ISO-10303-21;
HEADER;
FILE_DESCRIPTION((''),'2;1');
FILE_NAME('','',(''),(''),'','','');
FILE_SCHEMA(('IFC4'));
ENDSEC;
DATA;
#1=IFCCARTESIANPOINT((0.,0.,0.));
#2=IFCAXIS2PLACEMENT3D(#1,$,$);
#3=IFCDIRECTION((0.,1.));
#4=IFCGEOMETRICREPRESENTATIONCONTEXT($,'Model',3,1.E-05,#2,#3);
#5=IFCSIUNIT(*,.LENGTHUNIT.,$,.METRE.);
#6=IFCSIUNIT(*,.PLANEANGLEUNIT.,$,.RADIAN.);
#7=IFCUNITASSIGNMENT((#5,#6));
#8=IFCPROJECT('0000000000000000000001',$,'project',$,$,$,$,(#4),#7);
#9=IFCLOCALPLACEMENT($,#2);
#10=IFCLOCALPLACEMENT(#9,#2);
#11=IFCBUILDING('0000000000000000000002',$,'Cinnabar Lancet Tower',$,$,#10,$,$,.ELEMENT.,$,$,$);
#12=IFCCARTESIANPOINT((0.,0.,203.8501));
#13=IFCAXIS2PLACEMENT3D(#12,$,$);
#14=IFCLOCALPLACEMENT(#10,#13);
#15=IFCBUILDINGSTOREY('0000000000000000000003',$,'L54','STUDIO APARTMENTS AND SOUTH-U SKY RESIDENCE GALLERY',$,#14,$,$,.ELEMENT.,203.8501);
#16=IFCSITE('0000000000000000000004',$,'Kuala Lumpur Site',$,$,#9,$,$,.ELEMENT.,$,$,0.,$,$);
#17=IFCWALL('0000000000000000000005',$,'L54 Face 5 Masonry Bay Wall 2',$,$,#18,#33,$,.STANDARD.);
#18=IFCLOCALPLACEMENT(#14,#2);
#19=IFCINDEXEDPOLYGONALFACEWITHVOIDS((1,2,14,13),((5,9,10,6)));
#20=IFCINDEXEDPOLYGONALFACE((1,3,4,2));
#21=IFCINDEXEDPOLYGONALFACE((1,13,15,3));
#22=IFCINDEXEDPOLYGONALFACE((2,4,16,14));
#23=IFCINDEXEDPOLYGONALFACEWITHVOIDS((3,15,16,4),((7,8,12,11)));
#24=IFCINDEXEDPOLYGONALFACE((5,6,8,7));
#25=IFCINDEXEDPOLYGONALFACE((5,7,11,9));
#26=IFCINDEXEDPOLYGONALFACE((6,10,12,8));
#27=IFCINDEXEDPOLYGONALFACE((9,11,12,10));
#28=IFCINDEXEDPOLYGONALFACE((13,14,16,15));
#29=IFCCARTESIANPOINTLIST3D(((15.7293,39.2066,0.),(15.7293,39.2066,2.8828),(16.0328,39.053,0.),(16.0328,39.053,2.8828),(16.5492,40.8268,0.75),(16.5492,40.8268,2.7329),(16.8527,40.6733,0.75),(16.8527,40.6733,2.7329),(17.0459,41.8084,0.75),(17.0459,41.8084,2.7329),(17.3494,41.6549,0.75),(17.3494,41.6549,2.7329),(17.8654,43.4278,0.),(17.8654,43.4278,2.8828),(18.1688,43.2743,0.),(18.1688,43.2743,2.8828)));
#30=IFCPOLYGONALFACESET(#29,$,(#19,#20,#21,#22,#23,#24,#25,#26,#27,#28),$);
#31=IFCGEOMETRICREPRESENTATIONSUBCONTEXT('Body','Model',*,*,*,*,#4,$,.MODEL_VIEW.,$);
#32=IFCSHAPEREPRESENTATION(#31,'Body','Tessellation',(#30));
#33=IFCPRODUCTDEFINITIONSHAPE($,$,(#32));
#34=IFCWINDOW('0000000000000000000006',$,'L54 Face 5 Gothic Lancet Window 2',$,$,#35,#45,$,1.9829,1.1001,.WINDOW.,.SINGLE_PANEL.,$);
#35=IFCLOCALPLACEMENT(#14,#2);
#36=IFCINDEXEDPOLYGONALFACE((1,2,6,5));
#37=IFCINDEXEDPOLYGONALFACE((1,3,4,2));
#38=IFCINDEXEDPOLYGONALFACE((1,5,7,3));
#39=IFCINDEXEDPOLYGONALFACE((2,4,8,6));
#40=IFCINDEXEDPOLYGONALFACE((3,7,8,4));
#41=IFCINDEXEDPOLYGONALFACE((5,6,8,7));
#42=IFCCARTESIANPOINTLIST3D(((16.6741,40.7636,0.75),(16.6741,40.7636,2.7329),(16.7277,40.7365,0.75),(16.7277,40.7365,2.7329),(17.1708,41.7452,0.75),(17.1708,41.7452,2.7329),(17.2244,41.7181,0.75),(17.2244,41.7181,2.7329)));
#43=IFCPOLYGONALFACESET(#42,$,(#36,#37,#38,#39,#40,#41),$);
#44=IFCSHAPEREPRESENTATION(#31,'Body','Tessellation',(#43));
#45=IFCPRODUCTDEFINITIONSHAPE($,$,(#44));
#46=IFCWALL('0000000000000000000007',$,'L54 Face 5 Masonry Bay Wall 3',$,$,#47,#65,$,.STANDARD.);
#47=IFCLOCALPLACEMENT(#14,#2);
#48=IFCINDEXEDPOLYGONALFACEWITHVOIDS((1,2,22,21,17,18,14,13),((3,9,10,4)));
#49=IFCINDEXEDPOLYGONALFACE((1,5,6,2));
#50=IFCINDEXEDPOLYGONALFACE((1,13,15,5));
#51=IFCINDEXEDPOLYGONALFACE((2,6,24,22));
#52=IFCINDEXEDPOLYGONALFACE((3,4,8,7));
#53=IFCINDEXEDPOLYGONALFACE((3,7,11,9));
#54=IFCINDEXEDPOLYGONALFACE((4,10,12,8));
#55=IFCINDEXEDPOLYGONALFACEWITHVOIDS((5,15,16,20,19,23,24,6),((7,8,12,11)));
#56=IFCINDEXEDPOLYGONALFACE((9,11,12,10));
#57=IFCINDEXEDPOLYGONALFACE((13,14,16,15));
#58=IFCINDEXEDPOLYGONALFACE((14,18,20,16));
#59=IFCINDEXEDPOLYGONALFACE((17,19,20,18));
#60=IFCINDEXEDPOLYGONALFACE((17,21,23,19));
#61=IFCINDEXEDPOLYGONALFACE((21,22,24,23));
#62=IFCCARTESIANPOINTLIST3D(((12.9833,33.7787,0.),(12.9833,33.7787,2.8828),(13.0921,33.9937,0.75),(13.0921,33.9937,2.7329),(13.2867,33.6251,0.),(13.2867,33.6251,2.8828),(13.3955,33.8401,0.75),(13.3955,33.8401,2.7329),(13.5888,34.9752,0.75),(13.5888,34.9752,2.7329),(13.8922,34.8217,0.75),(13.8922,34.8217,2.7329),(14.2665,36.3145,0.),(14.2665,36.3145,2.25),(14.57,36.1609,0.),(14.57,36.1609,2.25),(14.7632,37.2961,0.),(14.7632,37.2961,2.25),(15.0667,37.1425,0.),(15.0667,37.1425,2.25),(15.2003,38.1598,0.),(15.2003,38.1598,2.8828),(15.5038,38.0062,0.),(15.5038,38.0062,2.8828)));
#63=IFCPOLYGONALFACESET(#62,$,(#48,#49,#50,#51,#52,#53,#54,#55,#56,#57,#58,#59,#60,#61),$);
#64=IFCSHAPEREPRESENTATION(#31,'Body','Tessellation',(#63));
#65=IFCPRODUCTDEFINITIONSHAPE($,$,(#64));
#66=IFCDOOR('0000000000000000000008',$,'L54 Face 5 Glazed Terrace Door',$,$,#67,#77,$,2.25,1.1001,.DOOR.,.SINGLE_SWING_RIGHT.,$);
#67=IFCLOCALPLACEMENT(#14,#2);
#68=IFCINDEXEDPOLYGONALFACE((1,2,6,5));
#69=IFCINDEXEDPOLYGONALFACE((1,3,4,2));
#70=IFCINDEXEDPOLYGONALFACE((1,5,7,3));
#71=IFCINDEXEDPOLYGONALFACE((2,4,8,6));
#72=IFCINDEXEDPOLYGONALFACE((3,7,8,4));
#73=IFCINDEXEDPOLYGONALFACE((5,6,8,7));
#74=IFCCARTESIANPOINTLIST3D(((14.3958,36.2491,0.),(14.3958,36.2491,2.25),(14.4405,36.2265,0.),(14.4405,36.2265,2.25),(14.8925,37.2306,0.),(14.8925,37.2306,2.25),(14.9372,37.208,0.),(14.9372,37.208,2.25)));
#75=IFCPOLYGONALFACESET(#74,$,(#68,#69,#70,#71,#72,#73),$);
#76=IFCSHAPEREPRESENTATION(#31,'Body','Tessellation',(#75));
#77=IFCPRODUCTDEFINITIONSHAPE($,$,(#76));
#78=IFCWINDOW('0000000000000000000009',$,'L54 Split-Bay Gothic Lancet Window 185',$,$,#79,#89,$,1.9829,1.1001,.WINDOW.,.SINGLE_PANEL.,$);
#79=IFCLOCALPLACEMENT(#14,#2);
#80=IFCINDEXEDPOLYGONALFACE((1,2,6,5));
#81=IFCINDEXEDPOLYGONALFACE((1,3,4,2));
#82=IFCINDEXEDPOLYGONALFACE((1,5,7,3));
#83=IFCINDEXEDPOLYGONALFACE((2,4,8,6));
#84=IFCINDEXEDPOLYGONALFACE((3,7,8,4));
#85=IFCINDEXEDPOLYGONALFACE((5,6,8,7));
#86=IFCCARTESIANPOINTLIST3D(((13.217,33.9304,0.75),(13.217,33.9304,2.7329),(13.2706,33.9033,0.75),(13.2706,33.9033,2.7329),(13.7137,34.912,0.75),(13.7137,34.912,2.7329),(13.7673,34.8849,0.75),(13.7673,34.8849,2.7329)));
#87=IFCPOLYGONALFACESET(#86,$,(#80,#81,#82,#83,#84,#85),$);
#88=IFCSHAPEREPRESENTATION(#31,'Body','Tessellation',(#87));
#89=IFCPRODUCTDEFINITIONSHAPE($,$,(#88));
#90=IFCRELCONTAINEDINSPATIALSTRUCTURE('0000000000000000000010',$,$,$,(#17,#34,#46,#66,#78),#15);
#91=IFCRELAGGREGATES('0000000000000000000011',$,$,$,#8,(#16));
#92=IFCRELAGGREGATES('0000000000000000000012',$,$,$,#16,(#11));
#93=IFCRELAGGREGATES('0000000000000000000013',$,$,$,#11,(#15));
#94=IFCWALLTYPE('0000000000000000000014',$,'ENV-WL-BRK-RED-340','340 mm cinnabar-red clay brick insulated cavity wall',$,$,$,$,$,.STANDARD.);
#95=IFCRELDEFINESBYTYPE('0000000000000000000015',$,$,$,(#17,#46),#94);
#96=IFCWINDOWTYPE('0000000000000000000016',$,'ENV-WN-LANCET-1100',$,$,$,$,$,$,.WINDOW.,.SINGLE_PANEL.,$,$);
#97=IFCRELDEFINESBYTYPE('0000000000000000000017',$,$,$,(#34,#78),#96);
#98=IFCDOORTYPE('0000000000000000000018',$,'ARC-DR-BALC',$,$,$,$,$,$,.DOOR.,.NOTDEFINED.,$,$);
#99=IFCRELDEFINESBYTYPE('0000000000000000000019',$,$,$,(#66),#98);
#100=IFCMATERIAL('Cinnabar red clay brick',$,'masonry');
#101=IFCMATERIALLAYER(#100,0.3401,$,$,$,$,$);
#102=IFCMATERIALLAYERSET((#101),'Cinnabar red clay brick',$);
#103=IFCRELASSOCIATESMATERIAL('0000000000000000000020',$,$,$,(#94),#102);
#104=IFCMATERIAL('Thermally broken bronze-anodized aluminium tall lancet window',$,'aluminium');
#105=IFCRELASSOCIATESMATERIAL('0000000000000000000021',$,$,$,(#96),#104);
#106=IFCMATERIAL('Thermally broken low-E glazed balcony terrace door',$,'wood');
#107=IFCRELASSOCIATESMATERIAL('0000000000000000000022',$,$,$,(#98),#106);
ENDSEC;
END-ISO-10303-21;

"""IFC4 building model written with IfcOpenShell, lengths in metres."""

from ifc_helpers import new_model, si_unit, direction, frame, frame_2d, origin, place, context, subcontext, project, spatial, rectangle, extrude, material, layer, layer_set, type_object, element, fill, save


model = new_model("IFC4")

# Units and contexts
model_context = context("Model", 3, precision=1e-05, world=origin(), true_north=direction((0.0, 1.0)))
body_context = subcontext(model_context, "Body", "Model", "MODEL_VIEW")
ifc_project = project(units=[si_unit("LENGTHUNIT", "METRE"), si_unit("PLANEANGLEUNIT", "RADIAN")], contexts=[model_context])

# Site, building, storey
site_placement = place(None, origin())
site = spatial("IfcSite", under=ifc_project, at=site_placement, Name="Kuala Lumpur Site", CompositionType="ELEMENT", RefElevation=0.0)
building_placement = place(site_placement, origin())
building = spatial("IfcBuilding", under=site, at=building_placement, Name="Cinnabar Lancet Tower", CompositionType="ELEMENT")
storey_placement = place(building_placement, frame((0.0, 0.0, 203.8501)))
storey = spatial("IfcBuildingStorey", under=building, at=storey_placement, Name="L54", Description="STUDIO APARTMENTS AND SOUTH-U SKY RESIDENCE GALLERY", CompositionType="ELEMENT", Elevation=203.8501)

# Shared definitions
ifc_material_1 = material(Name="Cinnabar red clay brick", Category="masonry")
ifc_layer_1 = layer(ifc_material_1, 0.3401)
ifc_layer_set_1 = layer_set([ifc_layer_1], Name="Cinnabar red clay brick")
wall_type_1 = type_object("IfcWallType", Name="ENV-WL-BRK-RED-340", Description="340 mm cinnabar-red clay brick insulated cavity wall", PredefinedType="STANDARD", material=ifc_layer_set_1)

# Wall, opening, window
wall_1_placement = place(storey_placement, frame((18.0171, 43.3511, 0.0), z_axis=(0.0, 0.0, 1.0), x_axis=(-0.451502, -0.89227, 0.0)))
wall_1 = element("IfcWall", 1, at=wall_1_placement, inside=storey, type_object=wall_type_1, Name="L54 Face 5 Masonry Bay Wall 2", PredefinedType="STANDARD", context=body_context, shape_type="SweptSolid", body=[
    extrude(rectangle(XDim=4.731, YDim=0.3401, at=frame_2d((2.3655, 0.0))), origin(), (0.0, 0.0, 1.0), 2.8828),
])
opening_1_placement = place(wall_1_placement, frame((1.8149, 0.0, 0.75)))
opening_1 = element("IfcOpeningElement", 2, at=opening_1_placement, cuts=wall_1, PredefinedType="OPENING", context=body_context, shape_type="SweptSolid", body=[
    extrude(rectangle(XDim=1.1001, YDim=1.9829, at=frame_2d((0.55, 0.9915))), frame((0.0, 0.1799, 0.0), z_axis=(0.0, -1.0, 0.0), x_axis=(1.0, 0.0, 0.0)), (0.0, 0.0, 1.0), 0.3601),
])
ifc_material_2 = material(Name="Thermally broken bronze-anodized aluminium tall lancet window", Category="aluminium")
window_type = type_object("IfcWindowType", Name="ENV-WN-LANCET-1100", PartitioningType="SINGLE_PANEL", PredefinedType="WINDOW", material=ifc_material_2)
window_1_placement = place(opening_1_placement, origin())
window_1 = element("IfcWindow", 3, at=window_1_placement, inside=storey, type_object=window_type, Name="L54 Face 5 Gothic Lancet Window 2", OverallHeight=1.9829, OverallWidth=1.1001, PartitioningType="SINGLE_PANEL", PredefinedType="WINDOW", context=body_context, shape_type="SweptSolid", body=[
    extrude(rectangle(XDim=1.1001, YDim=1.9829, at=frame_2d((0.55, 0.9915))), frame((0.0, 0.03, 0.0), z_axis=(0.0, -1.0, 0.0), x_axis=(1.0, 0.0, 0.0)), (0.0, 0.0, 1.0), 0.0601),
])
fill(opening_1, window_1)

# Wall, openings, door, window
wall_2_placement = place(storey_placement, frame((15.3521, 38.083, 0.0), z_axis=(0.0, 0.0, 1.0), x_axis=(-0.451524, -0.892259, 0.0)))
wall_2 = element("IfcWall", 4, at=wall_2_placement, inside=storey, type_object=wall_type_1, Name="L54 Face 5 Masonry Bay Wall 3", PredefinedType="STANDARD", context=body_context, shape_type="SweptSolid", body=[
    extrude(rectangle(XDim=4.9102, YDim=0.3401, at=frame_2d((2.4551, 0.0))), origin(), (0.0, 0.0, 1.0), 2.8828),
])
opening_2_placement = place(wall_2_placement, frame((0.968, 0.0, 0.0)))
opening_2 = element("IfcOpeningElement", 5, at=opening_2_placement, cuts=wall_2, PredefinedType="OPENING", context=body_context, shape_type="SweptSolid", body=[
    extrude(rectangle(XDim=1.1001, YDim=2.25, at=frame_2d((0.55, 1.125))), frame((0.0, 0.1799, 0.0), z_axis=(0.0, -1.0, 0.0), x_axis=(1.0, 0.0, 0.0)), (0.0, 0.0, 1.0), 0.3601),
])
opening_3_placement = place(wall_2_placement, frame((3.5691, 0.0, 0.75)))
opening_3 = element("IfcOpeningElement", 6, at=opening_3_placement, cuts=wall_2, PredefinedType="OPENING", context=body_context, shape_type="SweptSolid", body=[
    extrude(rectangle(XDim=1.1001, YDim=1.9829, at=frame_2d((0.55, 0.9915))), frame((0.0, 0.1799, 0.0), z_axis=(0.0, -1.0, 0.0), x_axis=(1.0, 0.0, 0.0)), (0.0, 0.0, 1.0), 0.3601),
])
ifc_material_3 = material(Name="Thermally broken low-E glazed balcony terrace door", Category="wood")
door_type_1 = type_object("IfcDoorType", Name="ARC-DR-BALC", OperationType="NOTDEFINED", PredefinedType="DOOR", material=ifc_material_3)
door_1_placement = place(opening_2_placement, origin())
door_1 = element("IfcDoor", 7, at=door_1_placement, inside=storey, type_object=door_type_1, Name="L54 Face 5 Glazed Terrace Door", OperationType="SINGLE_SWING_RIGHT", OverallHeight=2.25, OverallWidth=1.1001, PredefinedType="DOOR", context=body_context, shape_type="SweptSolid", body=[
    extrude(rectangle(XDim=1.1001, YDim=2.25, at=frame_2d((0.55, 1.125))), frame((0.0, 0.0249, 0.0), z_axis=(0.0, -1.0, 0.0), x_axis=(1.0, 0.0, 0.0)), (0.0, 0.0, 1.0), 0.05),
])
fill(opening_2, door_1)
window_2_placement = place(opening_3_placement, origin())
window_2 = element("IfcWindow", 8, at=window_2_placement, inside=storey, type_object=window_type, Name="L54 Split-Bay Gothic Lancet Window 185", OverallHeight=1.9829, OverallWidth=1.1001, PartitioningType="SINGLE_PANEL", PredefinedType="WINDOW", context=body_context, shape_type="SweptSolid", body=[
    extrude(rectangle(XDim=1.1001, YDim=1.9829, at=frame_2d((0.55, 0.9915))), frame((0.0, 0.03, 0.0), z_axis=(0.0, -1.0, 0.0), x_axis=(1.0, 0.0, 0.0)), (0.0, 0.0, 1.0), 0.0601),
])
fill(opening_3, window_2)

save(model, "model.ifc")
